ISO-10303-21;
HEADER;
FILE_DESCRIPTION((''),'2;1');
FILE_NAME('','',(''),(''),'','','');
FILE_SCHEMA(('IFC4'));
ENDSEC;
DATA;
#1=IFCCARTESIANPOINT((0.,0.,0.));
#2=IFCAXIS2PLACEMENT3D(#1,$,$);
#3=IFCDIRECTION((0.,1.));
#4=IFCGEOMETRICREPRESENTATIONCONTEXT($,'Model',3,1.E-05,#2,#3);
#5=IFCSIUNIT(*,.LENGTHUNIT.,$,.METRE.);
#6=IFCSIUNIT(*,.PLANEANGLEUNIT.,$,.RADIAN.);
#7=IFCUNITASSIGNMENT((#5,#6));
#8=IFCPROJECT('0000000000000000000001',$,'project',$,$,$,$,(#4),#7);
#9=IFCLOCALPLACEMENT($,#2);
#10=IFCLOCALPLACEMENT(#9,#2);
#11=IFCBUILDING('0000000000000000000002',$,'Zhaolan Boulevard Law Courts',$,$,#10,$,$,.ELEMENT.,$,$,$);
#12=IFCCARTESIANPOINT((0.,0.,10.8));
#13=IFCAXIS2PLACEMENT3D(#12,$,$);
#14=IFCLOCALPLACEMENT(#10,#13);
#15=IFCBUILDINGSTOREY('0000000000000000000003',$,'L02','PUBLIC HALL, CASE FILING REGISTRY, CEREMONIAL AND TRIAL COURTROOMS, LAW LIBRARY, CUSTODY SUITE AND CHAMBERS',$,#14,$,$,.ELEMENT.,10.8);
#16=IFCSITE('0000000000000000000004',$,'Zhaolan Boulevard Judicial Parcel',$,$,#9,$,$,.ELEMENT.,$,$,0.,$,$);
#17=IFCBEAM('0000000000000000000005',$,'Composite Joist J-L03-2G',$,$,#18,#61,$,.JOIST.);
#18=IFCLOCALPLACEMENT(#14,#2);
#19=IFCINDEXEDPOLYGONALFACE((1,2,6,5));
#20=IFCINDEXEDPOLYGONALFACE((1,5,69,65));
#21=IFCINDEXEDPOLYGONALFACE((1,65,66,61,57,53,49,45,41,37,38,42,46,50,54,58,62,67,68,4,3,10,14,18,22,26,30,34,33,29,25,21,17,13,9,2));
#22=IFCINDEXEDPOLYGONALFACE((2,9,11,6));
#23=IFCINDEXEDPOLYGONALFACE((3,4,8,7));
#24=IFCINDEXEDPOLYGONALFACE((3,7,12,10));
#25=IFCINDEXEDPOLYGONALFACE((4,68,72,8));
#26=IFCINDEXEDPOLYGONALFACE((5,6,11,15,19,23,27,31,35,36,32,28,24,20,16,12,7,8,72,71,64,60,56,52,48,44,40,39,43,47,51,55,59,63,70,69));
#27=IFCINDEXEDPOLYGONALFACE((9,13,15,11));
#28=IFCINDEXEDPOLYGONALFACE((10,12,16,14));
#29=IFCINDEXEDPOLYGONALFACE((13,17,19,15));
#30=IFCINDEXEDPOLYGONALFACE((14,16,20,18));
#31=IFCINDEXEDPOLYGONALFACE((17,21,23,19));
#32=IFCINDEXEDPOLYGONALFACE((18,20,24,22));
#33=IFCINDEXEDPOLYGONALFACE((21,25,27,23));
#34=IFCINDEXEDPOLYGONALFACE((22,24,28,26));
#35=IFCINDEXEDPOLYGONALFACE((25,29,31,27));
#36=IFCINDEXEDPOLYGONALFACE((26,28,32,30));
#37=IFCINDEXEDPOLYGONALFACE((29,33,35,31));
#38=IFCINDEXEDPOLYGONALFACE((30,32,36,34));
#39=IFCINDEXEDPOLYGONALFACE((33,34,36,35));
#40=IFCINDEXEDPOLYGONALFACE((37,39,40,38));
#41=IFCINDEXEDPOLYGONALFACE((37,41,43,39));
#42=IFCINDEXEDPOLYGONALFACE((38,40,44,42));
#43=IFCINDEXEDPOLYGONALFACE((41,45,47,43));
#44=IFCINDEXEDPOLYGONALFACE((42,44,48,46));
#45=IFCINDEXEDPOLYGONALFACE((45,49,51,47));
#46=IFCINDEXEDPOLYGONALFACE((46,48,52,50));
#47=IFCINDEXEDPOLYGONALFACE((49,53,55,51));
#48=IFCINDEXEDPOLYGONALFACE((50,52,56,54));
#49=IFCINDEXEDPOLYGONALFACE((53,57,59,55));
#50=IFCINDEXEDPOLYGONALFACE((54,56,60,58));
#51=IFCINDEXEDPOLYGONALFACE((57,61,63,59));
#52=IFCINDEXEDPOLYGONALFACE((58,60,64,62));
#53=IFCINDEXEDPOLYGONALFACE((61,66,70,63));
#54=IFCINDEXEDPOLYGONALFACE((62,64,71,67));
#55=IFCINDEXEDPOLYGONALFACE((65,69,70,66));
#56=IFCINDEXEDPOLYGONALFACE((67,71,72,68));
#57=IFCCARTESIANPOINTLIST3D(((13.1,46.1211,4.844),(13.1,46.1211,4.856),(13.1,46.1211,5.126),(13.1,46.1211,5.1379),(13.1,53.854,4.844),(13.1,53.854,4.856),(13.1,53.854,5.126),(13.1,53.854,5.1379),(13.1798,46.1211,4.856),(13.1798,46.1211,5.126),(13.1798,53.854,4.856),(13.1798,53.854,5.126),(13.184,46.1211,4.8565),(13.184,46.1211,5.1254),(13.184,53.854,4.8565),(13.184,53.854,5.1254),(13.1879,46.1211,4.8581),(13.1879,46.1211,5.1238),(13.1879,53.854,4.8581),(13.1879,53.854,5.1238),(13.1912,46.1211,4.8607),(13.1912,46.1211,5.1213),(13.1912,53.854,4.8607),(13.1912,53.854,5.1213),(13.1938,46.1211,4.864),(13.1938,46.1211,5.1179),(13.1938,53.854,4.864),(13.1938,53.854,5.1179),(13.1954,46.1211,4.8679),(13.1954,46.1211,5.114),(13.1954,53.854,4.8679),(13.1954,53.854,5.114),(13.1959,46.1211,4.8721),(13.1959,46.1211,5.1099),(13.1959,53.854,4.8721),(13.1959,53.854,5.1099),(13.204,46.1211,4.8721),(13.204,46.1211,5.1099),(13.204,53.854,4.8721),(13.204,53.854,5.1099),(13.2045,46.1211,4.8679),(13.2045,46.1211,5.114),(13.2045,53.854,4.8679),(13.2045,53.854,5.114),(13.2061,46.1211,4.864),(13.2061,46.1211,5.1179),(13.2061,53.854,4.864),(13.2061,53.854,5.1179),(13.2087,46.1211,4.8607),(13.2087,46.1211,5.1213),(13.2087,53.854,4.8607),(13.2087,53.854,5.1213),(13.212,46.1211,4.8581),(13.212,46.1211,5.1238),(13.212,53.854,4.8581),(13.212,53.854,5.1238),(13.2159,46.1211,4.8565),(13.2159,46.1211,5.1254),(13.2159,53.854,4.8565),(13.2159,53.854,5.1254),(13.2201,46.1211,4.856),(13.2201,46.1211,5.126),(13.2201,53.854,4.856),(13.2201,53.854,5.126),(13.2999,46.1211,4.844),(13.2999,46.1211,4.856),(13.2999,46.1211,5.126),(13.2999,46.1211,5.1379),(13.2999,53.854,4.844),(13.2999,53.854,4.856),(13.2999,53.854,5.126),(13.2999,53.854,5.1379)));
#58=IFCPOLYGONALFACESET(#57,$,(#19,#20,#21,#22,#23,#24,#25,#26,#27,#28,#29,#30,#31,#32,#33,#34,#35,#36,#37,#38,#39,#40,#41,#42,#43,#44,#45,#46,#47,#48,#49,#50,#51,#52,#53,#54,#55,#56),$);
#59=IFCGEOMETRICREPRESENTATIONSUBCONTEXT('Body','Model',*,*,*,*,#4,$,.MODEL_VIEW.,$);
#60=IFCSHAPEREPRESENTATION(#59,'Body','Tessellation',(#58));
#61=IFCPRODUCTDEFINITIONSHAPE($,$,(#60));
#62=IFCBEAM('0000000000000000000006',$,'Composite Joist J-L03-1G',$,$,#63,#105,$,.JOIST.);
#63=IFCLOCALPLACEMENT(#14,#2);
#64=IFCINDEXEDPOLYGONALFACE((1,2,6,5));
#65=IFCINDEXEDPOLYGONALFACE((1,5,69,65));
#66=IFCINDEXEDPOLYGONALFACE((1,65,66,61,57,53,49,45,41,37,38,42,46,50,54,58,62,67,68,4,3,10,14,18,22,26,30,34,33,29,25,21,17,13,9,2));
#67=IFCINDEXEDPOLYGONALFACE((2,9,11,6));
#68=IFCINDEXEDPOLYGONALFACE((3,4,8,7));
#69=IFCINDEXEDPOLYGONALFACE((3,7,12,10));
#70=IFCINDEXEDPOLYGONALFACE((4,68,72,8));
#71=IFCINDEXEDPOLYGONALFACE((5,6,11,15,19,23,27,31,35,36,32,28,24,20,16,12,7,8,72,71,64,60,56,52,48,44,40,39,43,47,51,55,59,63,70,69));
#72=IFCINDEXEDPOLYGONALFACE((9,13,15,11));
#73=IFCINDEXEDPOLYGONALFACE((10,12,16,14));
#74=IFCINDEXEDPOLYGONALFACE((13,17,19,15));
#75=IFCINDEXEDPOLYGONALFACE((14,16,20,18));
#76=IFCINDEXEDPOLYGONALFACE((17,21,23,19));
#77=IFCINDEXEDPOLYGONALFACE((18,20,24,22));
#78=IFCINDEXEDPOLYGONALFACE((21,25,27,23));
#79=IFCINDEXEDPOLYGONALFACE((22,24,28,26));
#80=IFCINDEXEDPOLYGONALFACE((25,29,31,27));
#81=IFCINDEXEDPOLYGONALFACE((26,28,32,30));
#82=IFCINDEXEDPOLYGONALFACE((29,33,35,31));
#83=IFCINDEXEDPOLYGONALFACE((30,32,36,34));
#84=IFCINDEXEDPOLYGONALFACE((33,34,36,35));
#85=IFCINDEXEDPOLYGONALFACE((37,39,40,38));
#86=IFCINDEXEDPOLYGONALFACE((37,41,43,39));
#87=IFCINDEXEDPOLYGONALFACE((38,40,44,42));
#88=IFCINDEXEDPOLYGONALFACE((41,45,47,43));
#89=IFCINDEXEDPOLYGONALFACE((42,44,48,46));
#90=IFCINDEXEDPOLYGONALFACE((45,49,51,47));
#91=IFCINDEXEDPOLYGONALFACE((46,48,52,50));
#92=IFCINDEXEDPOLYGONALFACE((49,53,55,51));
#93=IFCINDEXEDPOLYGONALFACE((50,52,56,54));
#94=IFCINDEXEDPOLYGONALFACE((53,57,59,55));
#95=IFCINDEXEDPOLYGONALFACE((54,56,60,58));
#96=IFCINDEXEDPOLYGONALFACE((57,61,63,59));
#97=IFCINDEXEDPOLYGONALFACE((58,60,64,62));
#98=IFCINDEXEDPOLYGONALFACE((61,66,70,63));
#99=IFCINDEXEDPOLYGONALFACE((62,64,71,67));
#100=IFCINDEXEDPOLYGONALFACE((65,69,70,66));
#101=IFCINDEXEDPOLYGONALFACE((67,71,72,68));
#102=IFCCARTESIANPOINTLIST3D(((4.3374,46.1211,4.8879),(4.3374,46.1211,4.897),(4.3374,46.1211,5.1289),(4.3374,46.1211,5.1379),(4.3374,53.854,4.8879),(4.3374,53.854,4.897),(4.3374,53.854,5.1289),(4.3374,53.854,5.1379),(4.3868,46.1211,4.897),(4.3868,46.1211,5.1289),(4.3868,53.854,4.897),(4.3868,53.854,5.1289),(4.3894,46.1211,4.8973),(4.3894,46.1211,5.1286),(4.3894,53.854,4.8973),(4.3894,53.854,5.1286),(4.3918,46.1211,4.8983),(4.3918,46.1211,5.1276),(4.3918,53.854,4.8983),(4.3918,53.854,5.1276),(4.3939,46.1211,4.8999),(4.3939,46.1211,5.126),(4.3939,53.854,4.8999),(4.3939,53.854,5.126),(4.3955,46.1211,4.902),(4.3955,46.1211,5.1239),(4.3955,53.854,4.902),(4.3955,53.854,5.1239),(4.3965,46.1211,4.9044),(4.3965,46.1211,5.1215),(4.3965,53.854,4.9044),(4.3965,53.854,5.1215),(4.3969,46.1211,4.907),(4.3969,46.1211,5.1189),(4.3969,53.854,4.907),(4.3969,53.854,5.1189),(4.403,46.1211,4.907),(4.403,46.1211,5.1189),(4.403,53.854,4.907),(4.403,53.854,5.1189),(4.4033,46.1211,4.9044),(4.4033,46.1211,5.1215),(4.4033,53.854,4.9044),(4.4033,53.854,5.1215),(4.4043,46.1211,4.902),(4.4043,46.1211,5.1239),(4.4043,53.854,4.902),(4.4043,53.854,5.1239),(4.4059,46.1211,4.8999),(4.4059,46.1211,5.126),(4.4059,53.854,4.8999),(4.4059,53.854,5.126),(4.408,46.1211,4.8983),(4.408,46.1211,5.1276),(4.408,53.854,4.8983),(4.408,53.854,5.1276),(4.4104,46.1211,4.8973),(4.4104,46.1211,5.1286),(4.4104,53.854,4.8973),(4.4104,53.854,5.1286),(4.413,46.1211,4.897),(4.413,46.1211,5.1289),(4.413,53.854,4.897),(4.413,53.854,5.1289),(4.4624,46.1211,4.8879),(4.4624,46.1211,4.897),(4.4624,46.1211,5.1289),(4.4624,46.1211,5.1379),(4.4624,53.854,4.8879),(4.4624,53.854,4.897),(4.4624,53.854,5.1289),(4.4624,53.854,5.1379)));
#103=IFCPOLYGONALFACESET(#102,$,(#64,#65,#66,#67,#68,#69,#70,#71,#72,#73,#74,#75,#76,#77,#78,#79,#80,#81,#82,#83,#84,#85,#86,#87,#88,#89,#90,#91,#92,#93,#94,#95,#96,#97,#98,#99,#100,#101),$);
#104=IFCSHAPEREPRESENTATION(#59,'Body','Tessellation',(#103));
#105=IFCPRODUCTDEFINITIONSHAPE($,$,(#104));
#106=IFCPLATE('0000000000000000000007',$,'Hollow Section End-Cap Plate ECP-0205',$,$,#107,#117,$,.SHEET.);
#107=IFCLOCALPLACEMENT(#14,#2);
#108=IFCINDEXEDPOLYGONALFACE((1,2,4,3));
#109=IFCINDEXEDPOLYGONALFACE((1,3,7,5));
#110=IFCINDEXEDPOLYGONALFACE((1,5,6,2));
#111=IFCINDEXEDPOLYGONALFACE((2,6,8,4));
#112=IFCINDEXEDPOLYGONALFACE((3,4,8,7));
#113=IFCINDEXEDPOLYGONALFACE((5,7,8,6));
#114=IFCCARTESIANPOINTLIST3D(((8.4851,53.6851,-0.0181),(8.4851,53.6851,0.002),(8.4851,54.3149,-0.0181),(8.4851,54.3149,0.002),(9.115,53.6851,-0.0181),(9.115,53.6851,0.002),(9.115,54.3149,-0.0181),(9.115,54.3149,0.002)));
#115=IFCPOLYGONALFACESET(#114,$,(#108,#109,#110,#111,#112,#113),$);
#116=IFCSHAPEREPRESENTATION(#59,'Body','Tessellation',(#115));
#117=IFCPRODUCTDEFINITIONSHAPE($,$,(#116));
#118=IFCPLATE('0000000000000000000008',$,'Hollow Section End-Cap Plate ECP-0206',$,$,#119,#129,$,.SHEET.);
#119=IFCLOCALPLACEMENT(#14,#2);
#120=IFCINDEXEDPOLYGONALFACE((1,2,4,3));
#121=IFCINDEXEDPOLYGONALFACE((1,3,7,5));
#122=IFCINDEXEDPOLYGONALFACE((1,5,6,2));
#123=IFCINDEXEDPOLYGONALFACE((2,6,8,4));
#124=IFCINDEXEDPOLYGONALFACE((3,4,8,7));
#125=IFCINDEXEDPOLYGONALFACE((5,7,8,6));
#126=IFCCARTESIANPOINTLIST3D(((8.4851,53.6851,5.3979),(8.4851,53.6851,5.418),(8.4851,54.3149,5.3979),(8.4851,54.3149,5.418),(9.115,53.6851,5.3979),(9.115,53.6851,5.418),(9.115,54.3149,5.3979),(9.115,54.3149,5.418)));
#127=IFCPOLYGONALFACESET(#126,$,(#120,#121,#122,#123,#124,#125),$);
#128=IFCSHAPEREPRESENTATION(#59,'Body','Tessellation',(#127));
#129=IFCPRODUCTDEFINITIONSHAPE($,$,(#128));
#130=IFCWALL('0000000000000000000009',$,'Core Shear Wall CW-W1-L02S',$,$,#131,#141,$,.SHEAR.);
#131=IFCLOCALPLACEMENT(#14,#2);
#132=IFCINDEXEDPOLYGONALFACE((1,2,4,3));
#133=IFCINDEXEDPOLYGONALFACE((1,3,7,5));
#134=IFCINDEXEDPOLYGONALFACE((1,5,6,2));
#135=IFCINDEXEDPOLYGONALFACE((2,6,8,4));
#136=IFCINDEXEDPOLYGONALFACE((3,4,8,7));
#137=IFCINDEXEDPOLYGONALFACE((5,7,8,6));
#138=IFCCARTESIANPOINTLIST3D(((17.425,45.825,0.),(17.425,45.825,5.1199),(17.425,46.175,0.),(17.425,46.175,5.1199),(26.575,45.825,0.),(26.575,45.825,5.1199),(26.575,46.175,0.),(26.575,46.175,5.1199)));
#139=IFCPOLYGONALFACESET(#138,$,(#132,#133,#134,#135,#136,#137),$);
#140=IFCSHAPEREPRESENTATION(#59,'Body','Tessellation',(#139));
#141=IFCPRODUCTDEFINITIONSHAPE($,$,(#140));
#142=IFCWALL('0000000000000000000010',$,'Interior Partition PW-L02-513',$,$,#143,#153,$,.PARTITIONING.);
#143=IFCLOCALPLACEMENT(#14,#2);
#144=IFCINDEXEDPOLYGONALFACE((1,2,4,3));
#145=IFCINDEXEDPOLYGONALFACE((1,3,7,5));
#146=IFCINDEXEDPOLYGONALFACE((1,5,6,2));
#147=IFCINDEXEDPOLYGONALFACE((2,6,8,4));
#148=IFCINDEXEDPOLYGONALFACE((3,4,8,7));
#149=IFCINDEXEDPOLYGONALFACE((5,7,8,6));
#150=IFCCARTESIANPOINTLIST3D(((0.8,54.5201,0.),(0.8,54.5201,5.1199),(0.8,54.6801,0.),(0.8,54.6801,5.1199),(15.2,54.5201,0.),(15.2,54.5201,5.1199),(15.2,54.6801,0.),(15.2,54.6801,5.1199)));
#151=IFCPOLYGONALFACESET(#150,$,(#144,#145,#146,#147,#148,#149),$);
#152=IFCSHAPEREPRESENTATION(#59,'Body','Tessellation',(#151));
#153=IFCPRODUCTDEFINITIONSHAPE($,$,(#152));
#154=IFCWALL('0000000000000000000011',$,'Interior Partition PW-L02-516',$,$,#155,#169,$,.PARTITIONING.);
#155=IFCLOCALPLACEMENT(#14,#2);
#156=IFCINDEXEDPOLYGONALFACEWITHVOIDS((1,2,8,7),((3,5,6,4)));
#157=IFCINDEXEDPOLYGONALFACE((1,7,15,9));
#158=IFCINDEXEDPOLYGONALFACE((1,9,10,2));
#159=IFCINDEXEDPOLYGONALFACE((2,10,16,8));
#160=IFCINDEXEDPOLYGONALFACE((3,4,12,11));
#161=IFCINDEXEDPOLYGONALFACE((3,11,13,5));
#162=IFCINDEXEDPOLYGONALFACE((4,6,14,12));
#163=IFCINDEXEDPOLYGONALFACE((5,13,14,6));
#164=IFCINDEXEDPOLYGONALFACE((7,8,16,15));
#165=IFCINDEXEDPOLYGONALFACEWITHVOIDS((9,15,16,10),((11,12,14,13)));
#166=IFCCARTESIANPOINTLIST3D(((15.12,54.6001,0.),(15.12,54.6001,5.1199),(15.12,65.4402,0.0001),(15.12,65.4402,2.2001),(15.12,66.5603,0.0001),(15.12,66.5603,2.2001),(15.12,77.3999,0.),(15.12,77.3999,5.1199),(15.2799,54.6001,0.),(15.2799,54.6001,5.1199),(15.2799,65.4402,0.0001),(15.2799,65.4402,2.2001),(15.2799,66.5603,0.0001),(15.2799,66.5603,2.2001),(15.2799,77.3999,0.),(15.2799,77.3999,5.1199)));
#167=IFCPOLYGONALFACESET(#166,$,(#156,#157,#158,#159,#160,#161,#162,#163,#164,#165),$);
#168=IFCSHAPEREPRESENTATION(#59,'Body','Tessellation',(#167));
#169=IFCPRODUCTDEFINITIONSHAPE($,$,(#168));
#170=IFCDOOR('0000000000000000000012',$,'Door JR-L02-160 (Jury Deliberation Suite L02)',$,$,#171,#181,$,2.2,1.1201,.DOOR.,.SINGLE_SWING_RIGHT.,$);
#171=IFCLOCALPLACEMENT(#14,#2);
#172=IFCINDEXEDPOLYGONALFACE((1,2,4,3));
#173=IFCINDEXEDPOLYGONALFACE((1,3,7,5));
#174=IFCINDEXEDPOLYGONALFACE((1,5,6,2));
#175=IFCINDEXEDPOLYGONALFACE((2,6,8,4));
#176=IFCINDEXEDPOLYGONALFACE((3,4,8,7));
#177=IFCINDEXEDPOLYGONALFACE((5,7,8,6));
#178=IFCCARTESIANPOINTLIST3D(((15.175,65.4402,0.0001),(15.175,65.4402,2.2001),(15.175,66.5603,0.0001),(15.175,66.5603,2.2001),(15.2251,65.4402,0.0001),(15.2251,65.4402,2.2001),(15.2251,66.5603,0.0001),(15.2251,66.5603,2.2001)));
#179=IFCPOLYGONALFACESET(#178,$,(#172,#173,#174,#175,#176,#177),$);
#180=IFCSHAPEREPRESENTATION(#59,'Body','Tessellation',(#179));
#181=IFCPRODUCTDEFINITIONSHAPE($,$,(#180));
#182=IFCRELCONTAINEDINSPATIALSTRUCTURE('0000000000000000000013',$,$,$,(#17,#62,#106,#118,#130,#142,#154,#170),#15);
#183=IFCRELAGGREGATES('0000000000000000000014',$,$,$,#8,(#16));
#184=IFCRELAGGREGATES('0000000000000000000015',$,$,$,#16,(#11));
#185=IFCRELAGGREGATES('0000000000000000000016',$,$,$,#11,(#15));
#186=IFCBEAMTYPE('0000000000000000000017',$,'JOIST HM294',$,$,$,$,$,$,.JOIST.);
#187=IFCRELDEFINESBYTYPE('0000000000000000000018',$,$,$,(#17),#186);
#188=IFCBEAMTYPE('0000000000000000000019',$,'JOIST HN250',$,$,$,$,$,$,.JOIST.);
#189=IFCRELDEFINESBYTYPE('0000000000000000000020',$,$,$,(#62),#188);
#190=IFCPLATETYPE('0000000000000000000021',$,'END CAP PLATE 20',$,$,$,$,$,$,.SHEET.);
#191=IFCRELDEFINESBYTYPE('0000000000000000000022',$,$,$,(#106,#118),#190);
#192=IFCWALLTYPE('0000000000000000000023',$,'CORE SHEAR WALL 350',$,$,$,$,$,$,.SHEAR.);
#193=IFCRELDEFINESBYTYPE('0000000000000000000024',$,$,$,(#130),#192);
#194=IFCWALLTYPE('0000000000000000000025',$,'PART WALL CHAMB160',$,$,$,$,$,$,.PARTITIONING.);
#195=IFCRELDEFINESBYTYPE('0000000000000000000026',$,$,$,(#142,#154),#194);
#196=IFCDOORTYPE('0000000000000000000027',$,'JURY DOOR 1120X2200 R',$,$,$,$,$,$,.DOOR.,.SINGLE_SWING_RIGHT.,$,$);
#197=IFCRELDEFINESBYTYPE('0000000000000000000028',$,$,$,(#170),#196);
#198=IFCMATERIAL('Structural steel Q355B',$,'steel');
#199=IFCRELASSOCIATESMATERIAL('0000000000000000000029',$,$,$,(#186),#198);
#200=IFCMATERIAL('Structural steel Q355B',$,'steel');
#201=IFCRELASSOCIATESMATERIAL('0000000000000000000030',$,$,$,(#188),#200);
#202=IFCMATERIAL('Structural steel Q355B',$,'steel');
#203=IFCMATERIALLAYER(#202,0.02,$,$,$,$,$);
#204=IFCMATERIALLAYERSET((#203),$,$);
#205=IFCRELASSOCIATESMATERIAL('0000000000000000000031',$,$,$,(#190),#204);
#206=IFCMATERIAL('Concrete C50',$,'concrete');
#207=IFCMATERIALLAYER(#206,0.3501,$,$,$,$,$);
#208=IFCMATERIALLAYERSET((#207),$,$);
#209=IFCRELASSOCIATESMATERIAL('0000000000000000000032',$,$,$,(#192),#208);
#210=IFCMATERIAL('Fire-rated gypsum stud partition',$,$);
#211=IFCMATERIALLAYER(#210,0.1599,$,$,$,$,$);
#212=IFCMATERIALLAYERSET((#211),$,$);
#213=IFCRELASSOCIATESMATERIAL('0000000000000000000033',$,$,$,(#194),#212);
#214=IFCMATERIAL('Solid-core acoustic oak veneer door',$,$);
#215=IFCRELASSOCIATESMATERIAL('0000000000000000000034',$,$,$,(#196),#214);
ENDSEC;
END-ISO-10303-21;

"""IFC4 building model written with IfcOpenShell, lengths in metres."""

from ifc_helpers import new_model, si_unit, direction, frame, frame_2d, origin, origin_2d, place, context, subcontext, project, spatial, rectangle, i_section, extrude, material, layer, layer_set, material_profile, profile_set, type_object, element, fill, save


model = new_model("IFC4")

# Units and contexts
model_context = context("Model", 3, precision=1e-05, world=origin(), true_north=direction((0.0, 1.0)))
body_context = subcontext(model_context, "Body", "Model", "MODEL_VIEW")
ifc_project = project(units=[si_unit("LENGTHUNIT", "METRE"), si_unit("PLANEANGLEUNIT", "RADIAN")], contexts=[model_context])

# Site, building, storey
site_placement = place(None, origin())
site = spatial("IfcSite", under=ifc_project, at=site_placement, Name="Zhaolan Boulevard Judicial Parcel", CompositionType="ELEMENT", RefElevation=0.0)
building_placement = place(site_placement, origin())
building = spatial("IfcBuilding", under=site, at=building_placement, Name="Zhaolan Boulevard Law Courts", CompositionType="ELEMENT")
storey_placement = place(building_placement, frame((0.0, 0.0, 10.8)))
storey = spatial("IfcBuildingStorey", under=building, at=storey_placement, Name="L02", Description="PUBLIC HALL, CASE FILING REGISTRY, CEREMONIAL AND TRIAL COURTROOMS, LAW LIBRARY, CUSTODY SUITE AND CHAMBERS", CompositionType="ELEMENT", Elevation=10.8)

# Beams
ifc_material_1 = material(Name="Structural steel Q355B", Category="steel")
ifc_material_profile_1 = material_profile(ifc_material_1, i_section(OverallWidth=0.2, OverallDepth=0.2939, WebThickness=0.0081, FlangeThickness=0.012, FilletRadius=0.0161, at=origin_2d()), Name="HM294x200")
ifc_profile_set_1 = profile_set([ifc_material_profile_1], Name="Structural steel Q355B")
beam_type_1 = type_object("IfcBeamType", Name="JOIST HM294", PredefinedType="JOIST", material=ifc_profile_set_1)
for number, where, z_axis, x_axis, name in (
    (1, (13.2, 46.1211, 4.991), (0.0, 1.0, 0.0), (-1.0, 0.0, 0.0), "Composite Joist J-L03-2G"),
):
    element("IfcBeam", number, at=place(storey_placement, frame(where, z_axis=z_axis, x_axis=x_axis)), inside=storey, type_object=beam_type_1, Name=name, PredefinedType="JOIST", context=body_context, shape_type="SweptSolid", body=[
        extrude(i_section(OverallWidth=0.2, OverallDepth=0.2939, WebThickness=0.0081, FlangeThickness=0.012, FilletRadius=0.0161, at=origin_2d()), origin(), (0.0, 0.0, 1.0), 7.7329),
    ])
ifc_material_2 = material(Name="Structural steel Q355B", Category="steel")
ifc_material_profile_2 = material_profile(ifc_material_2, i_section(OverallWidth=0.125, OverallDepth=0.25, WebThickness=0.0061, FlangeThickness=0.009, FilletRadius=0.01, at=origin_2d()), Name="HN250x125")
ifc_profile_set_2 = profile_set([ifc_material_profile_2], Name="Structural steel Q355B")
beam_type_2 = type_object("IfcBeamType", Name="JOIST HN250", PredefinedType="JOIST", material=ifc_profile_set_2)
beam_1_placement = place(storey_placement, frame((4.3999, 46.1211, 5.0129), z_axis=(0.0, 1.0, 0.0), x_axis=(-1.0, 0.0, 0.0)))
element("IfcBeam", 2, at=beam_1_placement, inside=storey, type_object=beam_type_2, Name="Composite Joist J-L03-1G", PredefinedType="JOIST", context=body_context, shape_type="SweptSolid", body=[
    extrude(i_section(OverallWidth=0.125, OverallDepth=0.25, WebThickness=0.0061, FlangeThickness=0.009, FilletRadius=0.01, at=origin_2d()), origin(), (0.0, 0.0, 1.0), 7.7329),
])

# Plates
ifc_material_3 = material(Name="Structural steel Q355B", Category="steel")
ifc_layer_1 = layer(ifc_material_3, 0.02)
ifc_layer_set_1 = layer_set([ifc_layer_1])
plate_type = type_object("IfcPlateType", Name="END CAP PLATE 20", PredefinedType="SHEET", material=ifc_layer_set_1)
for number, where, z_axis, x_axis, name in (
    (3, (8.8, 54.0, -0.0181), (0.0, 0.0, 1.0), (1.0, 0.0, 0.0), "Hollow Section End-Cap Plate ECP-0205"),
    (4, (8.8, 54.0, 5.3979), (0.0, 0.0, 1.0), (1.0, 0.0, 0.0), "Hollow Section End-Cap Plate ECP-0206"),
):
    element("IfcPlate", number, at=place(storey_placement, frame(where, z_axis=z_axis, x_axis=x_axis)), inside=storey, type_object=plate_type, Name=name, PredefinedType="SHEET", context=body_context, shape_type="SweptSolid", body=[
        extrude(rectangle(XDim=0.6299, YDim=0.6299, at=origin_2d()), origin(), (0.0, 0.0, 1.0), 0.02),
    ])

# Walls
ifc_material_4 = material(Name="Concrete C50", Category="concrete")
ifc_layer_2 = layer(ifc_material_4, 0.3501)
ifc_layer_set_2 = layer_set([ifc_layer_2])
wall_type_1 = type_object("IfcWallType", Name="CORE SHEAR WALL 350", PredefinedType="SHEAR", material=ifc_layer_set_2)
wall_1_placement = place(storey_placement, frame((17.425, 46.0, 0.0), z_axis=(0.0, 0.0, 1.0), x_axis=(1.0, 0.0, 0.0)))
element("IfcWall", 5, at=wall_1_placement, inside=storey, type_object=wall_type_1, Name="Core Shear Wall CW-W1-L02S", PredefinedType="SHEAR", context=body_context, shape_type="SweptSolid", body=[
    extrude(rectangle(XDim=9.1499, YDim=0.3501, at=frame_2d((4.575, 0.0))), origin(), (0.0, 0.0, 1.0), 5.1199),
])
ifc_material_5 = material(Name="Fire-rated gypsum stud partition")
ifc_layer_3 = layer(ifc_material_5, 0.1599)
ifc_layer_set_3 = layer_set([ifc_layer_3])
wall_type_2 = type_object("IfcWallType", Name="PART WALL CHAMB160", PredefinedType="PARTITIONING", material=ifc_layer_set_3)
wall_2_placement = place(storey_placement, frame((0.8, 54.6001, 0.0), z_axis=(0.0, 0.0, 1.0), x_axis=(1.0, 0.0, 0.0)))
element("IfcWall", 6, at=wall_2_placement, inside=storey, type_object=wall_type_2, Name="Interior Partition PW-L02-513", PredefinedType="PARTITIONING", context=body_context, shape_type="SweptSolid", body=[
    extrude(rectangle(XDim=14.3999, YDim=0.1599, at=frame_2d((7.2, 0.0))), origin(), (0.0, 0.0, 1.0), 5.1199),
])

# Wall, opening, door
wall_3_placement = place(storey_placement, frame((15.2, 54.6001, 0.0), z_axis=(0.0, 0.0, 1.0), x_axis=(0.0, 1.0, 0.0)))
wall_3 = element("IfcWall", 7, at=wall_3_placement, inside=storey, type_object=wall_type_2, Name="Interior Partition PW-L02-516", PredefinedType="PARTITIONING", context=body_context, shape_type="SweptSolid", body=[
    extrude(rectangle(XDim=22.7998, YDim=0.1599, at=frame_2d((11.3999, 0.0))), origin(), (0.0, 0.0, 1.0), 5.1199),
])
opening_1_placement = place(wall_3_placement, frame((10.8401, 0.0, 0.0)))
opening_1 = element("IfcOpeningElement", 8, at=opening_1_placement, cuts=wall_3, PredefinedType="OPENING", context=body_context, shape_type="SweptSolid", body=[
    extrude(rectangle(XDim=1.1201, YDim=2.2, at=frame_2d((0.5601, 1.1001))), frame((0.0, 0.0898, 0.0), z_axis=(0.0, -1.0, 0.0), x_axis=(1.0, 0.0, 0.0)), (0.0, 0.0, 1.0), 0.1799),
])
ifc_material_6 = material(Name="Solid-core acoustic oak veneer door")
door_type_1 = type_object("IfcDoorType", Name="JURY DOOR 1120X2200 R", OperationType="SINGLE_SWING_RIGHT", PredefinedType="DOOR", material=ifc_material_6)
door_1_placement = place(opening_1_placement, origin())
door_1 = element("IfcDoor", 9, at=door_1_placement, inside=storey, type_object=door_type_1, Name="Door JR-L02-160 (Jury Deliberation Suite L02)", OperationType="SINGLE_SWING_RIGHT", OverallHeight=2.2, OverallWidth=1.1201, PredefinedType="DOOR", context=body_context, shape_type="SweptSolid", body=[
    extrude(rectangle(XDim=1.1201, YDim=2.2, at=frame_2d((0.5601, 1.1001))), frame((0.0, 0.0249, 0.0), z_axis=(0.0, -1.0, 0.0), x_axis=(1.0, 0.0, 0.0)), (0.0, 0.0, 1.0), 0.05),
])
fill(opening_1, door_1)

save(model, "model.ifc")
